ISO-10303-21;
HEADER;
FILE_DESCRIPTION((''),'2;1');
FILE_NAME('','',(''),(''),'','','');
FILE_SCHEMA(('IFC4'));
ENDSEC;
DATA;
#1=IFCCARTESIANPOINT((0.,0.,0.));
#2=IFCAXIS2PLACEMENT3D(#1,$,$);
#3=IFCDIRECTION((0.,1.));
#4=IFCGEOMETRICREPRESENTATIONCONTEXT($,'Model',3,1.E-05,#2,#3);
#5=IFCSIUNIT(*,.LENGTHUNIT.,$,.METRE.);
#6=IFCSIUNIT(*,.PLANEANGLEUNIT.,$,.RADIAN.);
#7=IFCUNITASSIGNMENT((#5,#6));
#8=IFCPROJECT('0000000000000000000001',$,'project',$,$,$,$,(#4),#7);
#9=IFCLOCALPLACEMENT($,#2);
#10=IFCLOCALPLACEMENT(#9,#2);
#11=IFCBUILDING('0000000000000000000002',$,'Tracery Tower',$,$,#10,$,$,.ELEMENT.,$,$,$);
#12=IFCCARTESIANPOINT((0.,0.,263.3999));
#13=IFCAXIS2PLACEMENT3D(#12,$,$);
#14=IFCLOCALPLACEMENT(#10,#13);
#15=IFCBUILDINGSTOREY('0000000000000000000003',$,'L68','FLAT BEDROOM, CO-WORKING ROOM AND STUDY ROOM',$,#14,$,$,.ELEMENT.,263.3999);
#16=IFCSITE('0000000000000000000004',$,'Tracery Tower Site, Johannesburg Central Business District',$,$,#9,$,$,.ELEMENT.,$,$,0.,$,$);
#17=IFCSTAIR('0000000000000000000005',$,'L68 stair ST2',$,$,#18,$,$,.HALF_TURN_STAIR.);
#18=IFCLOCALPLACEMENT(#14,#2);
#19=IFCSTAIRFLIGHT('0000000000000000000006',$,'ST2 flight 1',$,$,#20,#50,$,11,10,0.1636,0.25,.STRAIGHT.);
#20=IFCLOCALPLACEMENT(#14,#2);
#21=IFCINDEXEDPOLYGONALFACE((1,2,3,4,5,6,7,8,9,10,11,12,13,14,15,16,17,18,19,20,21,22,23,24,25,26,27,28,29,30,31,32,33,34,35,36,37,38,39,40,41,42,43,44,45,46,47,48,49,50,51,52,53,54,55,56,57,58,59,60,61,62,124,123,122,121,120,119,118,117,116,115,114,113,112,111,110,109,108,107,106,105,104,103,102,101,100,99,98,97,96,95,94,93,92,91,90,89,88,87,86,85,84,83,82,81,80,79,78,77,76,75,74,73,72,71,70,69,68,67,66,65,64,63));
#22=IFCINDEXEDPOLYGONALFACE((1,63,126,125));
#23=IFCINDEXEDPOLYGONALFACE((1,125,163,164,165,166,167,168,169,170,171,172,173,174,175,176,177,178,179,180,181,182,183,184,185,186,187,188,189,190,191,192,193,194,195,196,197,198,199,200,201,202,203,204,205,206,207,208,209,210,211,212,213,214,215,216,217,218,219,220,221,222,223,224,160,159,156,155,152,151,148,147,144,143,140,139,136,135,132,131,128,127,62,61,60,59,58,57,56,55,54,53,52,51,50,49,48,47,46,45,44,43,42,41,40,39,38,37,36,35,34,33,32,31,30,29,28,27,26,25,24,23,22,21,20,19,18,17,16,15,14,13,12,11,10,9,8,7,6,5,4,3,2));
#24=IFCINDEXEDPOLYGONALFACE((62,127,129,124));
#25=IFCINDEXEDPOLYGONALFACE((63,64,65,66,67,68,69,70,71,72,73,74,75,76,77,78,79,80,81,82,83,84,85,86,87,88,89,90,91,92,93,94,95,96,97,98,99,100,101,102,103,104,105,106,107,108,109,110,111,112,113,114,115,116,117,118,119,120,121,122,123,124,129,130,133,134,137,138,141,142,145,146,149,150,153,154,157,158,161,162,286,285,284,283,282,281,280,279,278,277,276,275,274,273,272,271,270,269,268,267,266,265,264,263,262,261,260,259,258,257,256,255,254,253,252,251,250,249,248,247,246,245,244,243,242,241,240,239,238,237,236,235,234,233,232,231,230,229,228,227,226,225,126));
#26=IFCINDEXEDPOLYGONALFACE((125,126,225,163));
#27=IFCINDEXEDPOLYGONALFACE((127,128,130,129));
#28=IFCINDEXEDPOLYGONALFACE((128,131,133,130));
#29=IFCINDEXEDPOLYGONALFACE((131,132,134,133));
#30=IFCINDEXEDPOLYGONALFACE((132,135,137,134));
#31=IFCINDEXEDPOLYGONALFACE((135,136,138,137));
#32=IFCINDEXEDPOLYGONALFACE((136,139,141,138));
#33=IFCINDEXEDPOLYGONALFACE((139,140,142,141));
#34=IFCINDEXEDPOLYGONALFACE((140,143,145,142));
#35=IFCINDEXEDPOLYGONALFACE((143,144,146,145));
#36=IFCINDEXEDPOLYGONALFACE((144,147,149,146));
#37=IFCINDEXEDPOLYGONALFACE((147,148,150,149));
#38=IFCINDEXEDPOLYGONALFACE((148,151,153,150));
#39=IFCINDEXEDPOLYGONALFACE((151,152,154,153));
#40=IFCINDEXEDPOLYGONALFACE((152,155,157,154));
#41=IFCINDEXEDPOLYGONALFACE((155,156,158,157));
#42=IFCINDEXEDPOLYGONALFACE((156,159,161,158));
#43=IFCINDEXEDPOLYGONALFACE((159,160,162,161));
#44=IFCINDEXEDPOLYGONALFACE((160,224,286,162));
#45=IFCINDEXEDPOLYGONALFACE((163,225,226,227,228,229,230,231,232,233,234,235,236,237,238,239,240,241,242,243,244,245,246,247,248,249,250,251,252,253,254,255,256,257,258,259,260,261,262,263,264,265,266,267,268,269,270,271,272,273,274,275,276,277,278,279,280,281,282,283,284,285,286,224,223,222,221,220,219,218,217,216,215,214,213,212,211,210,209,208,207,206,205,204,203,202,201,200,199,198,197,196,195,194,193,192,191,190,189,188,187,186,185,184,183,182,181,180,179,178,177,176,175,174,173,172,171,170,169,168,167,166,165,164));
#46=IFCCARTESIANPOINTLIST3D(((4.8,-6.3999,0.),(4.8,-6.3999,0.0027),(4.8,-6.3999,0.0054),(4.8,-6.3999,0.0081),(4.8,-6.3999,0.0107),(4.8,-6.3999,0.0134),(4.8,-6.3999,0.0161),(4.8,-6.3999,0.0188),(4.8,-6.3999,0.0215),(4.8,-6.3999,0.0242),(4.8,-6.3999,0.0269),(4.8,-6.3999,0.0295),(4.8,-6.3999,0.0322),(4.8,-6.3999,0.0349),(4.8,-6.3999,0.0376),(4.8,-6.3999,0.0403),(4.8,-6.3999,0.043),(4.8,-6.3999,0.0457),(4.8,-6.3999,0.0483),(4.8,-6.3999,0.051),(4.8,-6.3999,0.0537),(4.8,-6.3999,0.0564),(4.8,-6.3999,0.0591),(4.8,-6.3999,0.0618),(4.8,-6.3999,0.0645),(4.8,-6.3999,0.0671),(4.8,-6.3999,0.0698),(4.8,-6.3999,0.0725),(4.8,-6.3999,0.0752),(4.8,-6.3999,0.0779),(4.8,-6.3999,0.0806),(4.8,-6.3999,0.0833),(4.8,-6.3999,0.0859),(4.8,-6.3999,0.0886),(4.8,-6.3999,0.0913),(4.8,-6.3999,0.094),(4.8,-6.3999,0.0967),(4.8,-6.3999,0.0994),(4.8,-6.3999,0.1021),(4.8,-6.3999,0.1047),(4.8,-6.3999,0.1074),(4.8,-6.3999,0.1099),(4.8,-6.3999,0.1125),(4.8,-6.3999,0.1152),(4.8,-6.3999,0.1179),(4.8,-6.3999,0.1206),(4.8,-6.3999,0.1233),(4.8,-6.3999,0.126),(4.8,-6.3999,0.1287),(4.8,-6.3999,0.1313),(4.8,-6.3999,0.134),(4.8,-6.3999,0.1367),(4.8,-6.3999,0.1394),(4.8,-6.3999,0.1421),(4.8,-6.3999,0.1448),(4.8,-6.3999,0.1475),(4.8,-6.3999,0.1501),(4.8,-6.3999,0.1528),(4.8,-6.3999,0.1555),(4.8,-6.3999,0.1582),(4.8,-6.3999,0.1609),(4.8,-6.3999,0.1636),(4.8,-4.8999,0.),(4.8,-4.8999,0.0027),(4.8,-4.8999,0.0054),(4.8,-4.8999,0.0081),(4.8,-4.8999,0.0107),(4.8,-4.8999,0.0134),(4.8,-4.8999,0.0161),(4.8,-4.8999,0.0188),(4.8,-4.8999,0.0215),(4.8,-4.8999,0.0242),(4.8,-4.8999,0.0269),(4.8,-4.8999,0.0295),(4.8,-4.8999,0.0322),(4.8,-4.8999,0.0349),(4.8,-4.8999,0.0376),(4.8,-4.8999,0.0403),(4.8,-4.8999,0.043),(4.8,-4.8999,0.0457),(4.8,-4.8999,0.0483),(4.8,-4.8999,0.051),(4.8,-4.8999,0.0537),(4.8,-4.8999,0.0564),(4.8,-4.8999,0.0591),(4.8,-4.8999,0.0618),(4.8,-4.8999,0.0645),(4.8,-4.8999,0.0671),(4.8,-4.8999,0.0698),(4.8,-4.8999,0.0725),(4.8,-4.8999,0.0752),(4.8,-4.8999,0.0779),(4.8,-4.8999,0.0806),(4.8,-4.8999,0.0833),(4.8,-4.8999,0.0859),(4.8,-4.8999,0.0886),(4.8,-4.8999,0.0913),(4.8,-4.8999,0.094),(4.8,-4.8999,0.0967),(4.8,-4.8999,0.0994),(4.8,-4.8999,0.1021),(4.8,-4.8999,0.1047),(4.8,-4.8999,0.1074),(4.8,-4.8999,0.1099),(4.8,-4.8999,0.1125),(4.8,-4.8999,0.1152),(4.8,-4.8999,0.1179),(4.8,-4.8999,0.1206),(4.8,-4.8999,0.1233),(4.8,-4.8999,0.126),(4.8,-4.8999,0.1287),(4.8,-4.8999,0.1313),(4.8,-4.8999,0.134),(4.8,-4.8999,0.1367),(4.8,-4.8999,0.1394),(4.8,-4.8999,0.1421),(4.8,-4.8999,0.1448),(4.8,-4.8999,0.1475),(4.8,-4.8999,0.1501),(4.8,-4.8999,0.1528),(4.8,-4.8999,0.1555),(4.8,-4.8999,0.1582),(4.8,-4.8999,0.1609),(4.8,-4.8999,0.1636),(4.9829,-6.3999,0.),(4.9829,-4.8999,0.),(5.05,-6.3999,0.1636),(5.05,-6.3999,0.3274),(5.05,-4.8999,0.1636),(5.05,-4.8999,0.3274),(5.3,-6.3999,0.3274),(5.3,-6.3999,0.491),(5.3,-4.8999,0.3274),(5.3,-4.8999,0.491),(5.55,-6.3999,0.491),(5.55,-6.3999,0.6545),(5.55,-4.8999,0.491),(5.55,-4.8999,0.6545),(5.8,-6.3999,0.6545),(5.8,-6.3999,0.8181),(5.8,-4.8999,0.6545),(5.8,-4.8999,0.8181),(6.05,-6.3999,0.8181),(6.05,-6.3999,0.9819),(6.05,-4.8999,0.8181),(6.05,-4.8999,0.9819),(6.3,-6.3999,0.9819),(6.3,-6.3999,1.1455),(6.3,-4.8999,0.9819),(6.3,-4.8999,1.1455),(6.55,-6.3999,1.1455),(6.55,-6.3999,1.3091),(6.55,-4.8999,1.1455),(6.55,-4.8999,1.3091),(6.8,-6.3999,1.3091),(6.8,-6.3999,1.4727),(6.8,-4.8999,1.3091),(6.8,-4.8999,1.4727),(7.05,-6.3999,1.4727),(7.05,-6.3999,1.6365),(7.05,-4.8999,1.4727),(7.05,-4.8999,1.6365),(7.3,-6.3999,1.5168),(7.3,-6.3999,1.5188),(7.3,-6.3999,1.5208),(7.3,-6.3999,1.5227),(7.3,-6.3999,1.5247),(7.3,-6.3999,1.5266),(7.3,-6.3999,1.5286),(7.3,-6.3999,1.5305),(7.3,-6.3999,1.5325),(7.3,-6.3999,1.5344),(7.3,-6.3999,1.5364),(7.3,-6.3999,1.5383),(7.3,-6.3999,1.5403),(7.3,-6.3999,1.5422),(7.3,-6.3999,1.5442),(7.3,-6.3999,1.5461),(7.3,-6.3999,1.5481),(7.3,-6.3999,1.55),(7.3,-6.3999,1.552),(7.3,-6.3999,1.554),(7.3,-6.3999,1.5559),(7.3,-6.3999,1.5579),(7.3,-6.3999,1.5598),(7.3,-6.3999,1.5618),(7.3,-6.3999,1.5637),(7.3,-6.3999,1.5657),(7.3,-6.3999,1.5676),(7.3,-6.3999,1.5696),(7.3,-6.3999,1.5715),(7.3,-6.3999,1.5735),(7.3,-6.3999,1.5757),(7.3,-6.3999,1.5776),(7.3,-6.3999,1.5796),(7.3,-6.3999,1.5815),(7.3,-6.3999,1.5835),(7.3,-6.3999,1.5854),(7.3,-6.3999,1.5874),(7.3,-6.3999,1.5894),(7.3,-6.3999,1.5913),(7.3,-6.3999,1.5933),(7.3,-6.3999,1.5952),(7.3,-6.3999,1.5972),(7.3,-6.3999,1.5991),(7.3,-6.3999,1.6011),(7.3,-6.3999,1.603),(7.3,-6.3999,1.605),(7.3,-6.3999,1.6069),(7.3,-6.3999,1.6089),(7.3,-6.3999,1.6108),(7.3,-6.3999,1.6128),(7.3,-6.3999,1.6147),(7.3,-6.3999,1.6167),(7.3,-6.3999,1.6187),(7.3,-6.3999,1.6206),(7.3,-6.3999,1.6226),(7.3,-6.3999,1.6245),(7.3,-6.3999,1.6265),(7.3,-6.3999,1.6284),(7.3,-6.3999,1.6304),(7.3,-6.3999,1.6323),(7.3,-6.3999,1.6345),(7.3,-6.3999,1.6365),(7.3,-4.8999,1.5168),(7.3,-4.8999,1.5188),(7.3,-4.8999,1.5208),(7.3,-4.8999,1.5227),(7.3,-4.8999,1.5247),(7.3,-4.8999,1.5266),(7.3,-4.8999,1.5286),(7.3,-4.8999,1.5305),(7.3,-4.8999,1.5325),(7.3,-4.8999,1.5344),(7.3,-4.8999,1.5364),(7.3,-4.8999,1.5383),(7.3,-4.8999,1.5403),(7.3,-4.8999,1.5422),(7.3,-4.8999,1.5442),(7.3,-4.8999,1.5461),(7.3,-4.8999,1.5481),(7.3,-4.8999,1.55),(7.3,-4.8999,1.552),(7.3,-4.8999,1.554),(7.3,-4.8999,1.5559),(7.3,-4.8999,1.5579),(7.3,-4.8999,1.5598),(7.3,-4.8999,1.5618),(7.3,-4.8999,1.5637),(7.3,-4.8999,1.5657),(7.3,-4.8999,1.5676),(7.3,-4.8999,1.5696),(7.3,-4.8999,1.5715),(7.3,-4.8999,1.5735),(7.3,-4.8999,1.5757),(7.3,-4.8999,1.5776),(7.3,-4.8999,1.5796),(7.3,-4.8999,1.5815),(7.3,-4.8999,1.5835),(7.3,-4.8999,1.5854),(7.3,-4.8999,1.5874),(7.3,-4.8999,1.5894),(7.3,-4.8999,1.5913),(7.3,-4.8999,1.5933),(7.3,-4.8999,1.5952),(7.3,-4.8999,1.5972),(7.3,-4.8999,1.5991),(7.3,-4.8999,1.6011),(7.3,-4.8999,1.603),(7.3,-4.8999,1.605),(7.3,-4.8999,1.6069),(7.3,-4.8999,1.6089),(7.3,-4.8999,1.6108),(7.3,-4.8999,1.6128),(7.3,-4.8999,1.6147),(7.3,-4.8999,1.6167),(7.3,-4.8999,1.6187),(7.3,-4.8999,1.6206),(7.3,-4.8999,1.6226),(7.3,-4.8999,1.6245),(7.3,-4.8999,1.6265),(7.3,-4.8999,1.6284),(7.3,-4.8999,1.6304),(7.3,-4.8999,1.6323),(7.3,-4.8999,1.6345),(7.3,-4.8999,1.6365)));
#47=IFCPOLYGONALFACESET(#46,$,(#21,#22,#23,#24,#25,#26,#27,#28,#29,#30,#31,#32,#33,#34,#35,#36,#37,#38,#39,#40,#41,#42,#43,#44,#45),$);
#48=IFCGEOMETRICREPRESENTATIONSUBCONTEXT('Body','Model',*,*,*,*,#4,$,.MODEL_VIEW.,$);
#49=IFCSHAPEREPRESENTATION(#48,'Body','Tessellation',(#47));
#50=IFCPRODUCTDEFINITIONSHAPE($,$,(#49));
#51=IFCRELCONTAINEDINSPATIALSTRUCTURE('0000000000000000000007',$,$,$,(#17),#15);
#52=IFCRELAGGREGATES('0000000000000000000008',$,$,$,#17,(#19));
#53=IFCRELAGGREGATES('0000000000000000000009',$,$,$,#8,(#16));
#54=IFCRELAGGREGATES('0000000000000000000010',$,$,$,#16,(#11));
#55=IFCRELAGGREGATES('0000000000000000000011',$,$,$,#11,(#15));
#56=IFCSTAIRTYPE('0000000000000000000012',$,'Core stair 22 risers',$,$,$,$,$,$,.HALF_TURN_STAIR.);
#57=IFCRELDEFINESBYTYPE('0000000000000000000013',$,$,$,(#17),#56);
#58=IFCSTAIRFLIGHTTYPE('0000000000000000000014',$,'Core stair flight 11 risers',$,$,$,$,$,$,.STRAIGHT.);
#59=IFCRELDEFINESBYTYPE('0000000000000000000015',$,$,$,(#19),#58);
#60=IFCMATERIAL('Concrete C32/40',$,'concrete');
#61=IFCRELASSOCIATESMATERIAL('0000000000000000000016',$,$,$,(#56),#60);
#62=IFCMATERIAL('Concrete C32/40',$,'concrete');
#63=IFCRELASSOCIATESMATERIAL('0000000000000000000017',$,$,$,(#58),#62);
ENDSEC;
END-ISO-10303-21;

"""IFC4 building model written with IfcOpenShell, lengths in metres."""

from ifc_helpers import new_model, si_unit, direction, frame, origin, place, context, subcontext, project, spatial, polyline, outline, extrude, material, type_object, element, aggregate, save


model = new_model("IFC4")

# Units and contexts
model_context = context("Model", 3, precision=1e-05, world=origin(), true_north=direction((0.0, 1.0)))
body_context = subcontext(model_context, "Body", "Model", "MODEL_VIEW")
ifc_project = project(units=[si_unit("LENGTHUNIT", "METRE"), si_unit("PLANEANGLEUNIT", "RADIAN")], contexts=[model_context])

# Site, building, storey
site_placement = place(None, origin())
site = spatial("IfcSite", under=ifc_project, at=site_placement, Name="Tracery Tower Site, Johannesburg Central Business District", CompositionType="ELEMENT", RefElevation=0.0)
building_placement = place(site_placement, origin())
building = spatial("IfcBuilding", under=site, at=building_placement, Name="Tracery Tower", CompositionType="ELEMENT")
storey_placement = place(building_placement, frame((0.0, 0.0, 263.3999)))
storey = spatial("IfcBuildingStorey", under=building, at=storey_placement, Name="L68", Description="FLAT BEDROOM, CO-WORKING ROOM AND STUDY ROOM", CompositionType="ELEMENT", Elevation=263.3999)

# Stair, stair flight
ifc_material_1 = material(Name="Concrete C32/40", Category="concrete")
stair_type = type_object("IfcStairType", Name="Core stair 22 risers", PredefinedType="HALF_TURN_STAIR", material=ifc_material_1)
stair_placement = place(storey_placement, origin())
stair = element("IfcStair", 1, at=stair_placement, inside=storey, type_object=stair_type, Name="L68 stair ST2", PredefinedType="HALF_TURN_STAIR")
ifc_material_2 = material(Name="Concrete C32/40", Category="concrete")
stair_flight_type = type_object("IfcStairFlightType", Name="Core stair flight 11 risers", PredefinedType="STRAIGHT", material=ifc_material_2)
stair_flight_placement = place(storey_placement, frame((4.8, -5.6499, 0.0), z_axis=(0.0, 0.0, 1.0), x_axis=(1.0, 0.0, 0.0)))
stair_flight = element("IfcStairFlight", 2, at=stair_flight_placement, type_object=stair_flight_type, Name="ST2 flight 1", NumberOfRisers=11, NumberOfTreads=10, PredefinedType="STRAIGHT", RiserHeight=0.1636, TreadLength=0.25, context=body_context, shape_type="SweptSolid", body=[
    extrude(outline(polyline([(0.0, 0.0), (0.0, 0.0027), (0.0, 0.0054), (0.0, 0.0081), (0.0, 0.0107), (0.0, 0.0134), (0.0, 0.0161), (0.0, 0.0188), (0.0, 0.0215), (0.0, 0.0242), (0.0, 0.0269), (0.0, 0.0295), (0.0, 0.0322), (0.0, 0.0349), (0.0, 0.0376), (0.0, 0.0403), (0.0, 0.043), (0.0, 0.0457), (0.0, 0.0483), (0.0, 0.051), (0.0, 0.0537), (0.0, 0.0564), (0.0, 0.0591), (0.0, 0.0618), (0.0, 0.0645), (0.0, 0.0671), (0.0, 0.0698), (0.0, 0.0725), (0.0, 0.0752), (0.0, 0.0779), (0.0, 0.0806), (0.0, 0.0833), (0.0, 0.0859), (0.0, 0.0886), (0.0, 0.0913), (0.0, 0.094), (0.0, 0.0967), (0.0, 0.0994), (0.0, 0.1021), (0.0, 0.1047), (0.0, 0.1074), (0.0, 0.1099), (0.0, 0.1125), (0.0, 0.1152), (0.0, 0.1179), (0.0, 0.1206), (0.0, 0.1233), (0.0, 0.126), (0.0, 0.1287), (0.0, 0.1313), (0.0, 0.134), (0.0, 0.1367), (0.0, 0.1394), (0.0, 0.1421), (0.0, 0.1448), (0.0, 0.1475), (0.0, 0.1501), (0.0, 0.1528), (0.0, 0.1555), (0.0, 0.1582), (0.0, 0.1609), (0.0, 0.1636), (0.25, 0.1636), (0.25, 0.3274), (0.5, 0.3274), (0.5, 0.491), (0.75, 0.491), (0.75, 0.6545), (1.0, 0.6545), (1.0, 0.8181), (1.25, 0.8181), (1.25, 0.9819), (1.5, 0.9819), (1.5, 1.1455), (1.75, 1.1455), (1.75, 1.3091), (2.0, 1.3091), (2.0, 1.4727), (2.25, 1.4727), (2.25, 1.6365), (2.5, 1.6365), (2.5, 1.6345), (2.5, 1.6323), (2.5, 1.6304), (2.5, 1.6284), (2.5, 1.6265), (2.5, 1.6245), (2.5, 1.6226), (2.5, 1.6206), (2.5, 1.6187), (2.5, 1.6167), (2.5, 1.6147), (2.5, 1.6128), (2.5, 1.6108), (2.5, 1.6089), (2.5, 1.6069), (2.5, 1.605), (2.5, 1.603), (2.5, 1.6011), (2.5, 1.5991), (2.5, 1.5972), (2.5, 1.5952), (2.5, 1.5933), (2.5, 1.5913), (2.5, 1.5894), (2.5, 1.5874), (2.5, 1.5854), (2.5, 1.5835), (2.5, 1.5815), (2.5, 1.5796), (2.5, 1.5776), (2.5, 1.5757), (2.5, 1.5735), (2.5, 1.5715), (2.5, 1.5696), (2.5, 1.5676), (2.5, 1.5657), (2.5, 1.5637), (2.5, 1.5618), (2.5, 1.5598), (2.5, 1.5579), (2.5, 1.5559), (2.5, 1.554), (2.5, 1.552), (2.5, 1.55), (2.5, 1.5481), (2.5, 1.5461), (2.5, 1.5442), (2.5, 1.5422), (2.5, 1.5403), (2.5, 1.5383), (2.5, 1.5364), (2.5, 1.5344), (2.5, 1.5325), (2.5, 1.5305), (2.5, 1.5286), (2.5, 1.5266), (2.5, 1.5247), (2.5, 1.5227), (2.5, 1.5208), (2.5, 1.5188), (2.5, 1.5168), (0.1829, 0.0), (0.0, 0.0)])), frame((0.0, 0.75, 0.0), z_axis=(0.0, -1.0, 0.0), x_axis=(1.0, 0.0, 0.0)), (0.0, 0.0, 1.0), 1.5),
])
aggregate(stair, [stair_flight])

save(model, "model.ifc")
